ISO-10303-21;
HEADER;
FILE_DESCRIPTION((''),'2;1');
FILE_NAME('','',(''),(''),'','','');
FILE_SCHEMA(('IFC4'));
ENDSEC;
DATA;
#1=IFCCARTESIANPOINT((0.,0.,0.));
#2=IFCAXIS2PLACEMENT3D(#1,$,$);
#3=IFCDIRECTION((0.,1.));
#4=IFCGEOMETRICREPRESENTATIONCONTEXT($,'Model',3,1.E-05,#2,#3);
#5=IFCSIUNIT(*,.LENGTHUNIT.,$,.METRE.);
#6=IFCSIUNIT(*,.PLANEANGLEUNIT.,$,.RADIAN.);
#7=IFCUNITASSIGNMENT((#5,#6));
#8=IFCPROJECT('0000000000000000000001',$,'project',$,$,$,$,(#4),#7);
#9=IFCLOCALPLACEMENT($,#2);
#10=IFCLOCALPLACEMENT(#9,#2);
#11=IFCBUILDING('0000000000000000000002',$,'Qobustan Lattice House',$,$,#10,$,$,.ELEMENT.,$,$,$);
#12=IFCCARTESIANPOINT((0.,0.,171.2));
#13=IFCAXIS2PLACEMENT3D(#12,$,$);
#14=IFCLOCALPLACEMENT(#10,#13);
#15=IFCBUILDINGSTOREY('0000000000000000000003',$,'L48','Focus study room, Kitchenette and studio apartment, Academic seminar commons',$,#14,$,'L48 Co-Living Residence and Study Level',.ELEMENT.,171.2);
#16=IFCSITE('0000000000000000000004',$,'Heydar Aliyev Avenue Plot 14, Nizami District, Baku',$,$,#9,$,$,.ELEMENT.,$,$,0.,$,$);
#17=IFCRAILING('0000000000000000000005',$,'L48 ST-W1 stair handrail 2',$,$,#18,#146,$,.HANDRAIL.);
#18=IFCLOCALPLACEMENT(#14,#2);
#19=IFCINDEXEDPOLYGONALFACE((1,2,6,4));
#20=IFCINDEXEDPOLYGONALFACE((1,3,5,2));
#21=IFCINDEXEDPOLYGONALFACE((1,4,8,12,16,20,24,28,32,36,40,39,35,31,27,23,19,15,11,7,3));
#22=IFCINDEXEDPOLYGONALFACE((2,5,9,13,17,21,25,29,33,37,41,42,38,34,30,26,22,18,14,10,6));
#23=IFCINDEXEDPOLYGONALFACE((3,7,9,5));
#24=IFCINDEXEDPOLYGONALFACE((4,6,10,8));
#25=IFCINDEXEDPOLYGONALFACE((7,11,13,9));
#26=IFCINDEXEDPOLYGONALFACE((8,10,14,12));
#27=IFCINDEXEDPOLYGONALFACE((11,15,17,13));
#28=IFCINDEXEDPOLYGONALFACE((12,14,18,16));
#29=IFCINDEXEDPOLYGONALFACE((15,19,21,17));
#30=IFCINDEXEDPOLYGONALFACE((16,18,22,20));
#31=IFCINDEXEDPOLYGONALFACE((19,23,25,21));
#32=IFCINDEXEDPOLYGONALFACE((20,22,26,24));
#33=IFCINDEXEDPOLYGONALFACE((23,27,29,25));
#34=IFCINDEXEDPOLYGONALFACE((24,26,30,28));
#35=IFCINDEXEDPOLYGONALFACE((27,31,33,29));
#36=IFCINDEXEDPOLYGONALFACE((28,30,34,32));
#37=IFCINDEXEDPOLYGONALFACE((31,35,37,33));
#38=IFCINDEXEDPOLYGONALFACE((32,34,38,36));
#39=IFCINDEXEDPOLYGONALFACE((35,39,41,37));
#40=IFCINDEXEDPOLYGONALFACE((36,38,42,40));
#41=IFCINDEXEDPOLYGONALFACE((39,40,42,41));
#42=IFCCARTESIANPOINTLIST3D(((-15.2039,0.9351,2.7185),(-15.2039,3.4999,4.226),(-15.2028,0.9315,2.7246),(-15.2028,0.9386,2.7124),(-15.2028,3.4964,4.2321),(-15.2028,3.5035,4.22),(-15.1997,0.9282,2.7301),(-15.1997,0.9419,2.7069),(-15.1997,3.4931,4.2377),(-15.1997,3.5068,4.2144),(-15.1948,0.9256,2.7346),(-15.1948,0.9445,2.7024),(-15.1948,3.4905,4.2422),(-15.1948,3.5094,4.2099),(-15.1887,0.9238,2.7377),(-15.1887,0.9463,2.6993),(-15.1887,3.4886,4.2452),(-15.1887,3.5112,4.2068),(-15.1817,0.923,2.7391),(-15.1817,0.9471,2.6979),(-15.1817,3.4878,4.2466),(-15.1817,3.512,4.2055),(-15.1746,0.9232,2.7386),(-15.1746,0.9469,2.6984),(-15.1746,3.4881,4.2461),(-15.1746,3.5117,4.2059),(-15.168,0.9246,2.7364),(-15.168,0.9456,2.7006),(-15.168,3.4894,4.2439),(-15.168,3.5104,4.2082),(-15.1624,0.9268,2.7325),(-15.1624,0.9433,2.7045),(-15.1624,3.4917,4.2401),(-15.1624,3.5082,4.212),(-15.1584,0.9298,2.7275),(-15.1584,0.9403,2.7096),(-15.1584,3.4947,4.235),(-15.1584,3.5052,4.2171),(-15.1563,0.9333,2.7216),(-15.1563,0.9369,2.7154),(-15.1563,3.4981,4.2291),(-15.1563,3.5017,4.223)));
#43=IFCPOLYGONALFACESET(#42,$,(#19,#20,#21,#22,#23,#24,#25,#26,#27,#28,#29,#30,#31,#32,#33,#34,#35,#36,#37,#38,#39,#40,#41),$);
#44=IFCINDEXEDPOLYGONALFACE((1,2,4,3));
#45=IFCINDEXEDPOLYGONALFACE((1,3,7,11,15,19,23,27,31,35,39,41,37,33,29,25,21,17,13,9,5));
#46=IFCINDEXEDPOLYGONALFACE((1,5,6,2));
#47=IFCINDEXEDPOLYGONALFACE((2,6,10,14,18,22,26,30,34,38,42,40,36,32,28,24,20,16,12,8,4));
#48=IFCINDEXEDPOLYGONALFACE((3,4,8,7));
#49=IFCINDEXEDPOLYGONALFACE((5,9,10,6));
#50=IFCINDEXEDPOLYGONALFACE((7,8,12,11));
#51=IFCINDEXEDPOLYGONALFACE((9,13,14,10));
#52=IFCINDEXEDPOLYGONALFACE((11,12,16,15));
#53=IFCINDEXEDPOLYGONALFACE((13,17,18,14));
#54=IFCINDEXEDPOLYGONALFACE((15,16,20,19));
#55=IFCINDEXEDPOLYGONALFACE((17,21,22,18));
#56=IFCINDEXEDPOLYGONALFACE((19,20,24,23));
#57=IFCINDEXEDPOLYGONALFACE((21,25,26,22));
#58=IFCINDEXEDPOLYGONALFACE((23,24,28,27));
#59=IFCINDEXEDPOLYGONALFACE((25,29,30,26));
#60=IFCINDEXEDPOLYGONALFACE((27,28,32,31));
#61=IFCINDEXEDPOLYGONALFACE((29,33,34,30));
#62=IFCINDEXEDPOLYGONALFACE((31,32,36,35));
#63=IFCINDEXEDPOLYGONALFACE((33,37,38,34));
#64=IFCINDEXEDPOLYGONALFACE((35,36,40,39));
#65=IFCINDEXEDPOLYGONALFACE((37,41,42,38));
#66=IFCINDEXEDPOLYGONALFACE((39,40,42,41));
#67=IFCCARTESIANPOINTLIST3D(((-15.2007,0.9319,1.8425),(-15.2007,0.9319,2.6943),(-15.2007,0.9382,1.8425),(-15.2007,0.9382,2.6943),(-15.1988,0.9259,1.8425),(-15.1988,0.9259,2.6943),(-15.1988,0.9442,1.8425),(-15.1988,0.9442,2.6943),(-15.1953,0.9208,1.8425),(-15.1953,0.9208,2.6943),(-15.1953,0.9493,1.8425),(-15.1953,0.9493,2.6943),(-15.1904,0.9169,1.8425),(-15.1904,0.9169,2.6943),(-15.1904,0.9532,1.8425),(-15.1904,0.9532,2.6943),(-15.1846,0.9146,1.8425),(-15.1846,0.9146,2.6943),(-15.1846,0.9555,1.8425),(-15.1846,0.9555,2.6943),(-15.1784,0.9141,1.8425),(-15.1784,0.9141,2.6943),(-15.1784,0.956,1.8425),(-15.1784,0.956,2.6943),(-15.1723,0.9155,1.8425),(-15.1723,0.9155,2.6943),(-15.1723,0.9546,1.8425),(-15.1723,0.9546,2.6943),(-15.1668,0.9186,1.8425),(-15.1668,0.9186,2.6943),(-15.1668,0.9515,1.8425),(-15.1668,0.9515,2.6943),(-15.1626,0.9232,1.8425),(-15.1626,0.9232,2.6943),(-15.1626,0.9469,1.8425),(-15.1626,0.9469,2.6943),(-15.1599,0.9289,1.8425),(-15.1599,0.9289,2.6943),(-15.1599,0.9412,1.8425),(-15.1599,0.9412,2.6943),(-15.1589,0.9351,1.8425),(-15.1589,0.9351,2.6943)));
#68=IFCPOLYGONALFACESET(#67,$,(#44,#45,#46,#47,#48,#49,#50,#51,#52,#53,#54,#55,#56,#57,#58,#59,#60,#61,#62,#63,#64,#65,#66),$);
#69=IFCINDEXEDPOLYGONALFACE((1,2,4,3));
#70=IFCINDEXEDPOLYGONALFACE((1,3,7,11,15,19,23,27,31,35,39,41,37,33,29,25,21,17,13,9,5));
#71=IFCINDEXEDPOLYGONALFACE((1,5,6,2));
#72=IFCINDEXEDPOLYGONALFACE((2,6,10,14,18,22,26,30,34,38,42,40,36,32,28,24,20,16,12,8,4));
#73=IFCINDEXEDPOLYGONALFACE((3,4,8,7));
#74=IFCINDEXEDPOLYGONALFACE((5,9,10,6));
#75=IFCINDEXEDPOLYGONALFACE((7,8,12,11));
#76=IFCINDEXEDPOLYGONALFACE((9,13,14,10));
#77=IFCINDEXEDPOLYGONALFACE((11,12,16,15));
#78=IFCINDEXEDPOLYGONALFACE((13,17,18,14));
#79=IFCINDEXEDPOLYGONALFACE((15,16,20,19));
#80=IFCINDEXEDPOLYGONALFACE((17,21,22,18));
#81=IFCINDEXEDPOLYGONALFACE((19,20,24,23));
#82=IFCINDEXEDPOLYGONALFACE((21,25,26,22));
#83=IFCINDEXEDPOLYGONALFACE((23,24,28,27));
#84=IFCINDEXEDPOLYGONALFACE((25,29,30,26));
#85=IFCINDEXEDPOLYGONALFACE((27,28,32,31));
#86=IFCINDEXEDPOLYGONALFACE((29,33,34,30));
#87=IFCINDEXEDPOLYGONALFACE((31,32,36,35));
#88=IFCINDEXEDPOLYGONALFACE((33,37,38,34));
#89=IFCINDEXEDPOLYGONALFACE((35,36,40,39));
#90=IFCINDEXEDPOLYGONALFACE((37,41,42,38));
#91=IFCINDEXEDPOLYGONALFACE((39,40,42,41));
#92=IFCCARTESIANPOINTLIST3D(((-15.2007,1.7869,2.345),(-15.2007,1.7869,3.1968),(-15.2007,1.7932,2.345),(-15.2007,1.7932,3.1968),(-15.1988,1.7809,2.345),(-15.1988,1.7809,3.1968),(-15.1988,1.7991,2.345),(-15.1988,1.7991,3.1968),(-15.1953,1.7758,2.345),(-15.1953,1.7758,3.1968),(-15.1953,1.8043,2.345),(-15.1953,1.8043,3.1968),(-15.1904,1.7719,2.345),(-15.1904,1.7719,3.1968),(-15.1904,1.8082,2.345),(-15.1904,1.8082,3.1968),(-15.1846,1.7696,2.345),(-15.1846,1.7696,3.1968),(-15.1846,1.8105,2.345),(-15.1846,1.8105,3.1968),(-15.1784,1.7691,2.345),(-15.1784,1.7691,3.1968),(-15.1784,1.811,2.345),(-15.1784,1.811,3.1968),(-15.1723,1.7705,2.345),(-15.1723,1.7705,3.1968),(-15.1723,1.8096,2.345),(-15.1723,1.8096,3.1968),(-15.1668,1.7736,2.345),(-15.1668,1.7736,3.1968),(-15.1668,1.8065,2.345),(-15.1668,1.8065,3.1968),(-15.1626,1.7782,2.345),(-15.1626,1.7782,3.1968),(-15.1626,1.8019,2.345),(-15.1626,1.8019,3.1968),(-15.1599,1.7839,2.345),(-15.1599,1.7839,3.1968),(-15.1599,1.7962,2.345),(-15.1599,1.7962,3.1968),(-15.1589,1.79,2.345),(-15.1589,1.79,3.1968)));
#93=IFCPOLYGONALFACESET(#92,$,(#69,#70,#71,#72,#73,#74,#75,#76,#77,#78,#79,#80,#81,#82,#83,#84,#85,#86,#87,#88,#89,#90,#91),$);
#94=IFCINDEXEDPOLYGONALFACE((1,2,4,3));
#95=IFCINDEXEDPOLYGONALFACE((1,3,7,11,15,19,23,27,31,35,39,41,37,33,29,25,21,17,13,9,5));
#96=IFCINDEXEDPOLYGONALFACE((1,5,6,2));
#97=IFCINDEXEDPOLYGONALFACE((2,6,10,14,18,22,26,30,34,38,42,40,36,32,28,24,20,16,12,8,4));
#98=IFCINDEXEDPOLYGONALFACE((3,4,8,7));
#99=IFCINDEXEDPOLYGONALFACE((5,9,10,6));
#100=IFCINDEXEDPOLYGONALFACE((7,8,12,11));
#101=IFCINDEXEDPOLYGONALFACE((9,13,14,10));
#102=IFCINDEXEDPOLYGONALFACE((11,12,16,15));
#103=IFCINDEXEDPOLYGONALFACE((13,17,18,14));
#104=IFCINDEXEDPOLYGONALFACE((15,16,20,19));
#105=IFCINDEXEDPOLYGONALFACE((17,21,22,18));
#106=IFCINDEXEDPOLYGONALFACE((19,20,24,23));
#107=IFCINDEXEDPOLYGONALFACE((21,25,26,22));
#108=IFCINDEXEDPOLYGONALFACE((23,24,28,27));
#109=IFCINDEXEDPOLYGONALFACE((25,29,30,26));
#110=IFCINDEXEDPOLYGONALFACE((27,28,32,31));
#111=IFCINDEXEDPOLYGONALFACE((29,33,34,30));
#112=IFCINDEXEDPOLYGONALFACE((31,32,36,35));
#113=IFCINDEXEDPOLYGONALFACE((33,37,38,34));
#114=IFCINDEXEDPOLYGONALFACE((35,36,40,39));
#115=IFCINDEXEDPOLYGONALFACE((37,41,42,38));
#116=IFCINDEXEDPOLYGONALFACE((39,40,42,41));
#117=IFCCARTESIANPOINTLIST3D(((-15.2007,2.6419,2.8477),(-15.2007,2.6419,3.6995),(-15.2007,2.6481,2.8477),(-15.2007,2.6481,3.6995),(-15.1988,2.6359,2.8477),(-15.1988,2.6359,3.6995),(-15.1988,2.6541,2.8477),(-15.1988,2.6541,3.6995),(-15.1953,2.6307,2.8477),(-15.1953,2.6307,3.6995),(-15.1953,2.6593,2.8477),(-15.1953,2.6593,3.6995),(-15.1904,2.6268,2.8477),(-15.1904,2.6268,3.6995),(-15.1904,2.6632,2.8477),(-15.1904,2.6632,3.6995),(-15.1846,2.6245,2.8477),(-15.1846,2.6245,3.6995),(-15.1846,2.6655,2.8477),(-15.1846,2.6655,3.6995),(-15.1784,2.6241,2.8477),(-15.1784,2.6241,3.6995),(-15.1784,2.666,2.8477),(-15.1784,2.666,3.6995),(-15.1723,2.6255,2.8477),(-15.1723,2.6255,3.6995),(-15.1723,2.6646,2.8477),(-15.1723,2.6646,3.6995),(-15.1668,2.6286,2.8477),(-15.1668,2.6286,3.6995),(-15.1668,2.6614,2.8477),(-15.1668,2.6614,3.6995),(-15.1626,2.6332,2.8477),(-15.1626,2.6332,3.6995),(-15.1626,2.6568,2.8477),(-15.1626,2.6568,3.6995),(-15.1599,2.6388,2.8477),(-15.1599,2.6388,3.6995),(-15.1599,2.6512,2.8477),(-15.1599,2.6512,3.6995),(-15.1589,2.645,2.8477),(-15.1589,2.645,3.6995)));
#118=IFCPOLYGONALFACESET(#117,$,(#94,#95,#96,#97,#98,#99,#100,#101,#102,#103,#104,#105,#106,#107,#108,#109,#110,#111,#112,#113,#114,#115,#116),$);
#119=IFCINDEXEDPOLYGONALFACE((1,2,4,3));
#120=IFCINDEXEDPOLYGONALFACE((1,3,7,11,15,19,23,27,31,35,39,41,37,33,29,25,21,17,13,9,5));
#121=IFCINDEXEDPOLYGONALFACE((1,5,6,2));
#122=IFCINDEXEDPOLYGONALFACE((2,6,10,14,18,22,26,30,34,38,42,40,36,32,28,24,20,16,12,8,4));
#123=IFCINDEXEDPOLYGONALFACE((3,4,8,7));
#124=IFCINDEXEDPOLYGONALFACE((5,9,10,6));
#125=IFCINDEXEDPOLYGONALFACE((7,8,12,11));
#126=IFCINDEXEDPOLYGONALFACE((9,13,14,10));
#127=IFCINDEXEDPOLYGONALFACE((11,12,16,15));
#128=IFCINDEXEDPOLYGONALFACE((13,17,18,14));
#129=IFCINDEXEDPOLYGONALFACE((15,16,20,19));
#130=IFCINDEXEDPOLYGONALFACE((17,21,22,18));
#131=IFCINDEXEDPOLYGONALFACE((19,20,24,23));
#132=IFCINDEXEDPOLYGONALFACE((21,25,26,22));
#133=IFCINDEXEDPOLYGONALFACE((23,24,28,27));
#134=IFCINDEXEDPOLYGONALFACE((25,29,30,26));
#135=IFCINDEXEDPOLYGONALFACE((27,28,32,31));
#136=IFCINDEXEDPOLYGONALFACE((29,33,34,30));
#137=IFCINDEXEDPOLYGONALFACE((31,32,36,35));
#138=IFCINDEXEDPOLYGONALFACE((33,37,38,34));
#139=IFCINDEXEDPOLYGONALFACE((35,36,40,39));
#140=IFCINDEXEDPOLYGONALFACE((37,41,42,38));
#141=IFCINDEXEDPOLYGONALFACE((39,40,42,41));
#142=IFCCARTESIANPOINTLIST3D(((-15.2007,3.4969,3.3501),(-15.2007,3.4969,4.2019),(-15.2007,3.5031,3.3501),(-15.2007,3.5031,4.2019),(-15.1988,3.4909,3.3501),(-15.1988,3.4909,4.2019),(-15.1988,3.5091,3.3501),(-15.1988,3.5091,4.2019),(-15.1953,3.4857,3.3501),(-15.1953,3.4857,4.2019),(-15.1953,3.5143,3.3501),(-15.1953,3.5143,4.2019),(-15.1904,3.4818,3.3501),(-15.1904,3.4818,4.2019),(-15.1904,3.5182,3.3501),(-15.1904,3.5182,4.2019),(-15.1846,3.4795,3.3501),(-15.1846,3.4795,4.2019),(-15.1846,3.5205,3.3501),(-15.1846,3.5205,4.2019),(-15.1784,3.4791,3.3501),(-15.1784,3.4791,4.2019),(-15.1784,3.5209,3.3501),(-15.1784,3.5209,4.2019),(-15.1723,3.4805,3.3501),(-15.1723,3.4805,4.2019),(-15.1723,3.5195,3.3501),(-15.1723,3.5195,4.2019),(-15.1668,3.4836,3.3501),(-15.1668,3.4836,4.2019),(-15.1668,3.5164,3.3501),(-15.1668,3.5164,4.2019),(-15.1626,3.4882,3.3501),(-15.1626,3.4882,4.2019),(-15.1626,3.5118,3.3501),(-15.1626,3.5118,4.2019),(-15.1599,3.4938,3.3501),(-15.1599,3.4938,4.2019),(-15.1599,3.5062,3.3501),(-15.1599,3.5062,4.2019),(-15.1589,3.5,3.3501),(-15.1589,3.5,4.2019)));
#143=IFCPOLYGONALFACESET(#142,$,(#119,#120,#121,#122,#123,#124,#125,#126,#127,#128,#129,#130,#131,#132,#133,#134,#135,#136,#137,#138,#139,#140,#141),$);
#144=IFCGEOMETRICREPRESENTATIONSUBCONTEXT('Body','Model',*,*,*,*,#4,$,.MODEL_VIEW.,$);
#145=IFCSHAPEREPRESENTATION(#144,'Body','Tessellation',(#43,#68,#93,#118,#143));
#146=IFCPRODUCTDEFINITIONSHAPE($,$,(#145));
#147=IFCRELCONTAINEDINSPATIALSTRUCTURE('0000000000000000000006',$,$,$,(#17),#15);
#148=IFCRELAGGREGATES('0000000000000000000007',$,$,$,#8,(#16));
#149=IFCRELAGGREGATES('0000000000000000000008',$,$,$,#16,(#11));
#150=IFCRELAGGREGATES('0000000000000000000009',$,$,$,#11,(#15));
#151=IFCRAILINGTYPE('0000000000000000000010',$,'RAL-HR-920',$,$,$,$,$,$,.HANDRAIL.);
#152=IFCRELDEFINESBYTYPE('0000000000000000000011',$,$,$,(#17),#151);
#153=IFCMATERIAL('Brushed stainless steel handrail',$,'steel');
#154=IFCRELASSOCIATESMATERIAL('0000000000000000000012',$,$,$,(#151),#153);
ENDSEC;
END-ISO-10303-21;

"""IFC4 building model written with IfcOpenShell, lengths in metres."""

from ifc_helpers import new_model, si_unit, direction, frame, origin, origin_2d, place, context, subcontext, project, spatial, circle, extrude, material, type_object, element, save


model = new_model("IFC4")

# Units and contexts
model_context = context("Model", 3, precision=1e-05, world=origin(), true_north=direction((0.0, 1.0)))
body_context = subcontext(model_context, "Body", "Model", "MODEL_VIEW")
ifc_project = project(units=[si_unit("LENGTHUNIT", "METRE"), si_unit("PLANEANGLEUNIT", "RADIAN")], contexts=[model_context])

# Site, building, storey
site_placement = place(None, origin())
site = spatial("IfcSite", under=ifc_project, at=site_placement, Name="Heydar Aliyev Avenue Plot 14, Nizami District, Baku", CompositionType="ELEMENT", RefElevation=0.0)
building_placement = place(site_placement, origin())
building = spatial("IfcBuilding", under=site, at=building_placement, Name="Qobustan Lattice House", CompositionType="ELEMENT")
storey_placement = place(building_placement, frame((0.0, 0.0, 171.2)))
storey = spatial("IfcBuildingStorey", under=building, at=storey_placement, Name="L48", Description="Focus study room, Kitchenette and studio apartment, Academic seminar commons", LongName="L48 Co-Living Residence and Study Level", CompositionType="ELEMENT", Elevation=171.2)

# Railing
ifc_material_1 = material(Name="Brushed stainless steel handrail", Category="steel")
railing_type_1 = type_object("IfcRailingType", Name="RAL-HR-920", PredefinedType="HANDRAIL", material=ifc_material_1)
railing_1_placement = place(storey_placement, frame((-15.1799, 0.9351, 1.8425)))
element("IfcRailing", 1, at=railing_1_placement, inside=storey, type_object=railing_type_1, Name="L48 ST-W1 stair handrail 2", PredefinedType="HANDRAIL", context=body_context, shape_type="SweptSolid", body=[
    extrude(circle(Radius=0.0239, at=origin_2d()), frame((0.0, 0.0, 0.876), z_axis=(0.0, 0.862113, 0.506715), x_axis=(-1.0, 0.0, 0.0)), (0.0, 0.0, 1.0), 2.9751),
    extrude(circle(Radius=0.021, at=origin_2d()), origin(), (0.0, 0.0, 1.0), 0.8518),
    extrude(circle(Radius=0.021, at=origin_2d()), frame((0.0, 0.855, 0.5024)), (0.0, 0.0, 1.0), 0.8518),
    extrude(circle(Radius=0.021, at=origin_2d()), frame((0.0, 1.71, 1.0051)), (0.0, 0.0, 1.0), 0.8518),
    extrude(circle(Radius=0.021, at=origin_2d()), frame((0.0, 2.5649, 1.5076)), (0.0, 0.0, 1.0), 0.8518),
])

save(model, "model.ifc")
